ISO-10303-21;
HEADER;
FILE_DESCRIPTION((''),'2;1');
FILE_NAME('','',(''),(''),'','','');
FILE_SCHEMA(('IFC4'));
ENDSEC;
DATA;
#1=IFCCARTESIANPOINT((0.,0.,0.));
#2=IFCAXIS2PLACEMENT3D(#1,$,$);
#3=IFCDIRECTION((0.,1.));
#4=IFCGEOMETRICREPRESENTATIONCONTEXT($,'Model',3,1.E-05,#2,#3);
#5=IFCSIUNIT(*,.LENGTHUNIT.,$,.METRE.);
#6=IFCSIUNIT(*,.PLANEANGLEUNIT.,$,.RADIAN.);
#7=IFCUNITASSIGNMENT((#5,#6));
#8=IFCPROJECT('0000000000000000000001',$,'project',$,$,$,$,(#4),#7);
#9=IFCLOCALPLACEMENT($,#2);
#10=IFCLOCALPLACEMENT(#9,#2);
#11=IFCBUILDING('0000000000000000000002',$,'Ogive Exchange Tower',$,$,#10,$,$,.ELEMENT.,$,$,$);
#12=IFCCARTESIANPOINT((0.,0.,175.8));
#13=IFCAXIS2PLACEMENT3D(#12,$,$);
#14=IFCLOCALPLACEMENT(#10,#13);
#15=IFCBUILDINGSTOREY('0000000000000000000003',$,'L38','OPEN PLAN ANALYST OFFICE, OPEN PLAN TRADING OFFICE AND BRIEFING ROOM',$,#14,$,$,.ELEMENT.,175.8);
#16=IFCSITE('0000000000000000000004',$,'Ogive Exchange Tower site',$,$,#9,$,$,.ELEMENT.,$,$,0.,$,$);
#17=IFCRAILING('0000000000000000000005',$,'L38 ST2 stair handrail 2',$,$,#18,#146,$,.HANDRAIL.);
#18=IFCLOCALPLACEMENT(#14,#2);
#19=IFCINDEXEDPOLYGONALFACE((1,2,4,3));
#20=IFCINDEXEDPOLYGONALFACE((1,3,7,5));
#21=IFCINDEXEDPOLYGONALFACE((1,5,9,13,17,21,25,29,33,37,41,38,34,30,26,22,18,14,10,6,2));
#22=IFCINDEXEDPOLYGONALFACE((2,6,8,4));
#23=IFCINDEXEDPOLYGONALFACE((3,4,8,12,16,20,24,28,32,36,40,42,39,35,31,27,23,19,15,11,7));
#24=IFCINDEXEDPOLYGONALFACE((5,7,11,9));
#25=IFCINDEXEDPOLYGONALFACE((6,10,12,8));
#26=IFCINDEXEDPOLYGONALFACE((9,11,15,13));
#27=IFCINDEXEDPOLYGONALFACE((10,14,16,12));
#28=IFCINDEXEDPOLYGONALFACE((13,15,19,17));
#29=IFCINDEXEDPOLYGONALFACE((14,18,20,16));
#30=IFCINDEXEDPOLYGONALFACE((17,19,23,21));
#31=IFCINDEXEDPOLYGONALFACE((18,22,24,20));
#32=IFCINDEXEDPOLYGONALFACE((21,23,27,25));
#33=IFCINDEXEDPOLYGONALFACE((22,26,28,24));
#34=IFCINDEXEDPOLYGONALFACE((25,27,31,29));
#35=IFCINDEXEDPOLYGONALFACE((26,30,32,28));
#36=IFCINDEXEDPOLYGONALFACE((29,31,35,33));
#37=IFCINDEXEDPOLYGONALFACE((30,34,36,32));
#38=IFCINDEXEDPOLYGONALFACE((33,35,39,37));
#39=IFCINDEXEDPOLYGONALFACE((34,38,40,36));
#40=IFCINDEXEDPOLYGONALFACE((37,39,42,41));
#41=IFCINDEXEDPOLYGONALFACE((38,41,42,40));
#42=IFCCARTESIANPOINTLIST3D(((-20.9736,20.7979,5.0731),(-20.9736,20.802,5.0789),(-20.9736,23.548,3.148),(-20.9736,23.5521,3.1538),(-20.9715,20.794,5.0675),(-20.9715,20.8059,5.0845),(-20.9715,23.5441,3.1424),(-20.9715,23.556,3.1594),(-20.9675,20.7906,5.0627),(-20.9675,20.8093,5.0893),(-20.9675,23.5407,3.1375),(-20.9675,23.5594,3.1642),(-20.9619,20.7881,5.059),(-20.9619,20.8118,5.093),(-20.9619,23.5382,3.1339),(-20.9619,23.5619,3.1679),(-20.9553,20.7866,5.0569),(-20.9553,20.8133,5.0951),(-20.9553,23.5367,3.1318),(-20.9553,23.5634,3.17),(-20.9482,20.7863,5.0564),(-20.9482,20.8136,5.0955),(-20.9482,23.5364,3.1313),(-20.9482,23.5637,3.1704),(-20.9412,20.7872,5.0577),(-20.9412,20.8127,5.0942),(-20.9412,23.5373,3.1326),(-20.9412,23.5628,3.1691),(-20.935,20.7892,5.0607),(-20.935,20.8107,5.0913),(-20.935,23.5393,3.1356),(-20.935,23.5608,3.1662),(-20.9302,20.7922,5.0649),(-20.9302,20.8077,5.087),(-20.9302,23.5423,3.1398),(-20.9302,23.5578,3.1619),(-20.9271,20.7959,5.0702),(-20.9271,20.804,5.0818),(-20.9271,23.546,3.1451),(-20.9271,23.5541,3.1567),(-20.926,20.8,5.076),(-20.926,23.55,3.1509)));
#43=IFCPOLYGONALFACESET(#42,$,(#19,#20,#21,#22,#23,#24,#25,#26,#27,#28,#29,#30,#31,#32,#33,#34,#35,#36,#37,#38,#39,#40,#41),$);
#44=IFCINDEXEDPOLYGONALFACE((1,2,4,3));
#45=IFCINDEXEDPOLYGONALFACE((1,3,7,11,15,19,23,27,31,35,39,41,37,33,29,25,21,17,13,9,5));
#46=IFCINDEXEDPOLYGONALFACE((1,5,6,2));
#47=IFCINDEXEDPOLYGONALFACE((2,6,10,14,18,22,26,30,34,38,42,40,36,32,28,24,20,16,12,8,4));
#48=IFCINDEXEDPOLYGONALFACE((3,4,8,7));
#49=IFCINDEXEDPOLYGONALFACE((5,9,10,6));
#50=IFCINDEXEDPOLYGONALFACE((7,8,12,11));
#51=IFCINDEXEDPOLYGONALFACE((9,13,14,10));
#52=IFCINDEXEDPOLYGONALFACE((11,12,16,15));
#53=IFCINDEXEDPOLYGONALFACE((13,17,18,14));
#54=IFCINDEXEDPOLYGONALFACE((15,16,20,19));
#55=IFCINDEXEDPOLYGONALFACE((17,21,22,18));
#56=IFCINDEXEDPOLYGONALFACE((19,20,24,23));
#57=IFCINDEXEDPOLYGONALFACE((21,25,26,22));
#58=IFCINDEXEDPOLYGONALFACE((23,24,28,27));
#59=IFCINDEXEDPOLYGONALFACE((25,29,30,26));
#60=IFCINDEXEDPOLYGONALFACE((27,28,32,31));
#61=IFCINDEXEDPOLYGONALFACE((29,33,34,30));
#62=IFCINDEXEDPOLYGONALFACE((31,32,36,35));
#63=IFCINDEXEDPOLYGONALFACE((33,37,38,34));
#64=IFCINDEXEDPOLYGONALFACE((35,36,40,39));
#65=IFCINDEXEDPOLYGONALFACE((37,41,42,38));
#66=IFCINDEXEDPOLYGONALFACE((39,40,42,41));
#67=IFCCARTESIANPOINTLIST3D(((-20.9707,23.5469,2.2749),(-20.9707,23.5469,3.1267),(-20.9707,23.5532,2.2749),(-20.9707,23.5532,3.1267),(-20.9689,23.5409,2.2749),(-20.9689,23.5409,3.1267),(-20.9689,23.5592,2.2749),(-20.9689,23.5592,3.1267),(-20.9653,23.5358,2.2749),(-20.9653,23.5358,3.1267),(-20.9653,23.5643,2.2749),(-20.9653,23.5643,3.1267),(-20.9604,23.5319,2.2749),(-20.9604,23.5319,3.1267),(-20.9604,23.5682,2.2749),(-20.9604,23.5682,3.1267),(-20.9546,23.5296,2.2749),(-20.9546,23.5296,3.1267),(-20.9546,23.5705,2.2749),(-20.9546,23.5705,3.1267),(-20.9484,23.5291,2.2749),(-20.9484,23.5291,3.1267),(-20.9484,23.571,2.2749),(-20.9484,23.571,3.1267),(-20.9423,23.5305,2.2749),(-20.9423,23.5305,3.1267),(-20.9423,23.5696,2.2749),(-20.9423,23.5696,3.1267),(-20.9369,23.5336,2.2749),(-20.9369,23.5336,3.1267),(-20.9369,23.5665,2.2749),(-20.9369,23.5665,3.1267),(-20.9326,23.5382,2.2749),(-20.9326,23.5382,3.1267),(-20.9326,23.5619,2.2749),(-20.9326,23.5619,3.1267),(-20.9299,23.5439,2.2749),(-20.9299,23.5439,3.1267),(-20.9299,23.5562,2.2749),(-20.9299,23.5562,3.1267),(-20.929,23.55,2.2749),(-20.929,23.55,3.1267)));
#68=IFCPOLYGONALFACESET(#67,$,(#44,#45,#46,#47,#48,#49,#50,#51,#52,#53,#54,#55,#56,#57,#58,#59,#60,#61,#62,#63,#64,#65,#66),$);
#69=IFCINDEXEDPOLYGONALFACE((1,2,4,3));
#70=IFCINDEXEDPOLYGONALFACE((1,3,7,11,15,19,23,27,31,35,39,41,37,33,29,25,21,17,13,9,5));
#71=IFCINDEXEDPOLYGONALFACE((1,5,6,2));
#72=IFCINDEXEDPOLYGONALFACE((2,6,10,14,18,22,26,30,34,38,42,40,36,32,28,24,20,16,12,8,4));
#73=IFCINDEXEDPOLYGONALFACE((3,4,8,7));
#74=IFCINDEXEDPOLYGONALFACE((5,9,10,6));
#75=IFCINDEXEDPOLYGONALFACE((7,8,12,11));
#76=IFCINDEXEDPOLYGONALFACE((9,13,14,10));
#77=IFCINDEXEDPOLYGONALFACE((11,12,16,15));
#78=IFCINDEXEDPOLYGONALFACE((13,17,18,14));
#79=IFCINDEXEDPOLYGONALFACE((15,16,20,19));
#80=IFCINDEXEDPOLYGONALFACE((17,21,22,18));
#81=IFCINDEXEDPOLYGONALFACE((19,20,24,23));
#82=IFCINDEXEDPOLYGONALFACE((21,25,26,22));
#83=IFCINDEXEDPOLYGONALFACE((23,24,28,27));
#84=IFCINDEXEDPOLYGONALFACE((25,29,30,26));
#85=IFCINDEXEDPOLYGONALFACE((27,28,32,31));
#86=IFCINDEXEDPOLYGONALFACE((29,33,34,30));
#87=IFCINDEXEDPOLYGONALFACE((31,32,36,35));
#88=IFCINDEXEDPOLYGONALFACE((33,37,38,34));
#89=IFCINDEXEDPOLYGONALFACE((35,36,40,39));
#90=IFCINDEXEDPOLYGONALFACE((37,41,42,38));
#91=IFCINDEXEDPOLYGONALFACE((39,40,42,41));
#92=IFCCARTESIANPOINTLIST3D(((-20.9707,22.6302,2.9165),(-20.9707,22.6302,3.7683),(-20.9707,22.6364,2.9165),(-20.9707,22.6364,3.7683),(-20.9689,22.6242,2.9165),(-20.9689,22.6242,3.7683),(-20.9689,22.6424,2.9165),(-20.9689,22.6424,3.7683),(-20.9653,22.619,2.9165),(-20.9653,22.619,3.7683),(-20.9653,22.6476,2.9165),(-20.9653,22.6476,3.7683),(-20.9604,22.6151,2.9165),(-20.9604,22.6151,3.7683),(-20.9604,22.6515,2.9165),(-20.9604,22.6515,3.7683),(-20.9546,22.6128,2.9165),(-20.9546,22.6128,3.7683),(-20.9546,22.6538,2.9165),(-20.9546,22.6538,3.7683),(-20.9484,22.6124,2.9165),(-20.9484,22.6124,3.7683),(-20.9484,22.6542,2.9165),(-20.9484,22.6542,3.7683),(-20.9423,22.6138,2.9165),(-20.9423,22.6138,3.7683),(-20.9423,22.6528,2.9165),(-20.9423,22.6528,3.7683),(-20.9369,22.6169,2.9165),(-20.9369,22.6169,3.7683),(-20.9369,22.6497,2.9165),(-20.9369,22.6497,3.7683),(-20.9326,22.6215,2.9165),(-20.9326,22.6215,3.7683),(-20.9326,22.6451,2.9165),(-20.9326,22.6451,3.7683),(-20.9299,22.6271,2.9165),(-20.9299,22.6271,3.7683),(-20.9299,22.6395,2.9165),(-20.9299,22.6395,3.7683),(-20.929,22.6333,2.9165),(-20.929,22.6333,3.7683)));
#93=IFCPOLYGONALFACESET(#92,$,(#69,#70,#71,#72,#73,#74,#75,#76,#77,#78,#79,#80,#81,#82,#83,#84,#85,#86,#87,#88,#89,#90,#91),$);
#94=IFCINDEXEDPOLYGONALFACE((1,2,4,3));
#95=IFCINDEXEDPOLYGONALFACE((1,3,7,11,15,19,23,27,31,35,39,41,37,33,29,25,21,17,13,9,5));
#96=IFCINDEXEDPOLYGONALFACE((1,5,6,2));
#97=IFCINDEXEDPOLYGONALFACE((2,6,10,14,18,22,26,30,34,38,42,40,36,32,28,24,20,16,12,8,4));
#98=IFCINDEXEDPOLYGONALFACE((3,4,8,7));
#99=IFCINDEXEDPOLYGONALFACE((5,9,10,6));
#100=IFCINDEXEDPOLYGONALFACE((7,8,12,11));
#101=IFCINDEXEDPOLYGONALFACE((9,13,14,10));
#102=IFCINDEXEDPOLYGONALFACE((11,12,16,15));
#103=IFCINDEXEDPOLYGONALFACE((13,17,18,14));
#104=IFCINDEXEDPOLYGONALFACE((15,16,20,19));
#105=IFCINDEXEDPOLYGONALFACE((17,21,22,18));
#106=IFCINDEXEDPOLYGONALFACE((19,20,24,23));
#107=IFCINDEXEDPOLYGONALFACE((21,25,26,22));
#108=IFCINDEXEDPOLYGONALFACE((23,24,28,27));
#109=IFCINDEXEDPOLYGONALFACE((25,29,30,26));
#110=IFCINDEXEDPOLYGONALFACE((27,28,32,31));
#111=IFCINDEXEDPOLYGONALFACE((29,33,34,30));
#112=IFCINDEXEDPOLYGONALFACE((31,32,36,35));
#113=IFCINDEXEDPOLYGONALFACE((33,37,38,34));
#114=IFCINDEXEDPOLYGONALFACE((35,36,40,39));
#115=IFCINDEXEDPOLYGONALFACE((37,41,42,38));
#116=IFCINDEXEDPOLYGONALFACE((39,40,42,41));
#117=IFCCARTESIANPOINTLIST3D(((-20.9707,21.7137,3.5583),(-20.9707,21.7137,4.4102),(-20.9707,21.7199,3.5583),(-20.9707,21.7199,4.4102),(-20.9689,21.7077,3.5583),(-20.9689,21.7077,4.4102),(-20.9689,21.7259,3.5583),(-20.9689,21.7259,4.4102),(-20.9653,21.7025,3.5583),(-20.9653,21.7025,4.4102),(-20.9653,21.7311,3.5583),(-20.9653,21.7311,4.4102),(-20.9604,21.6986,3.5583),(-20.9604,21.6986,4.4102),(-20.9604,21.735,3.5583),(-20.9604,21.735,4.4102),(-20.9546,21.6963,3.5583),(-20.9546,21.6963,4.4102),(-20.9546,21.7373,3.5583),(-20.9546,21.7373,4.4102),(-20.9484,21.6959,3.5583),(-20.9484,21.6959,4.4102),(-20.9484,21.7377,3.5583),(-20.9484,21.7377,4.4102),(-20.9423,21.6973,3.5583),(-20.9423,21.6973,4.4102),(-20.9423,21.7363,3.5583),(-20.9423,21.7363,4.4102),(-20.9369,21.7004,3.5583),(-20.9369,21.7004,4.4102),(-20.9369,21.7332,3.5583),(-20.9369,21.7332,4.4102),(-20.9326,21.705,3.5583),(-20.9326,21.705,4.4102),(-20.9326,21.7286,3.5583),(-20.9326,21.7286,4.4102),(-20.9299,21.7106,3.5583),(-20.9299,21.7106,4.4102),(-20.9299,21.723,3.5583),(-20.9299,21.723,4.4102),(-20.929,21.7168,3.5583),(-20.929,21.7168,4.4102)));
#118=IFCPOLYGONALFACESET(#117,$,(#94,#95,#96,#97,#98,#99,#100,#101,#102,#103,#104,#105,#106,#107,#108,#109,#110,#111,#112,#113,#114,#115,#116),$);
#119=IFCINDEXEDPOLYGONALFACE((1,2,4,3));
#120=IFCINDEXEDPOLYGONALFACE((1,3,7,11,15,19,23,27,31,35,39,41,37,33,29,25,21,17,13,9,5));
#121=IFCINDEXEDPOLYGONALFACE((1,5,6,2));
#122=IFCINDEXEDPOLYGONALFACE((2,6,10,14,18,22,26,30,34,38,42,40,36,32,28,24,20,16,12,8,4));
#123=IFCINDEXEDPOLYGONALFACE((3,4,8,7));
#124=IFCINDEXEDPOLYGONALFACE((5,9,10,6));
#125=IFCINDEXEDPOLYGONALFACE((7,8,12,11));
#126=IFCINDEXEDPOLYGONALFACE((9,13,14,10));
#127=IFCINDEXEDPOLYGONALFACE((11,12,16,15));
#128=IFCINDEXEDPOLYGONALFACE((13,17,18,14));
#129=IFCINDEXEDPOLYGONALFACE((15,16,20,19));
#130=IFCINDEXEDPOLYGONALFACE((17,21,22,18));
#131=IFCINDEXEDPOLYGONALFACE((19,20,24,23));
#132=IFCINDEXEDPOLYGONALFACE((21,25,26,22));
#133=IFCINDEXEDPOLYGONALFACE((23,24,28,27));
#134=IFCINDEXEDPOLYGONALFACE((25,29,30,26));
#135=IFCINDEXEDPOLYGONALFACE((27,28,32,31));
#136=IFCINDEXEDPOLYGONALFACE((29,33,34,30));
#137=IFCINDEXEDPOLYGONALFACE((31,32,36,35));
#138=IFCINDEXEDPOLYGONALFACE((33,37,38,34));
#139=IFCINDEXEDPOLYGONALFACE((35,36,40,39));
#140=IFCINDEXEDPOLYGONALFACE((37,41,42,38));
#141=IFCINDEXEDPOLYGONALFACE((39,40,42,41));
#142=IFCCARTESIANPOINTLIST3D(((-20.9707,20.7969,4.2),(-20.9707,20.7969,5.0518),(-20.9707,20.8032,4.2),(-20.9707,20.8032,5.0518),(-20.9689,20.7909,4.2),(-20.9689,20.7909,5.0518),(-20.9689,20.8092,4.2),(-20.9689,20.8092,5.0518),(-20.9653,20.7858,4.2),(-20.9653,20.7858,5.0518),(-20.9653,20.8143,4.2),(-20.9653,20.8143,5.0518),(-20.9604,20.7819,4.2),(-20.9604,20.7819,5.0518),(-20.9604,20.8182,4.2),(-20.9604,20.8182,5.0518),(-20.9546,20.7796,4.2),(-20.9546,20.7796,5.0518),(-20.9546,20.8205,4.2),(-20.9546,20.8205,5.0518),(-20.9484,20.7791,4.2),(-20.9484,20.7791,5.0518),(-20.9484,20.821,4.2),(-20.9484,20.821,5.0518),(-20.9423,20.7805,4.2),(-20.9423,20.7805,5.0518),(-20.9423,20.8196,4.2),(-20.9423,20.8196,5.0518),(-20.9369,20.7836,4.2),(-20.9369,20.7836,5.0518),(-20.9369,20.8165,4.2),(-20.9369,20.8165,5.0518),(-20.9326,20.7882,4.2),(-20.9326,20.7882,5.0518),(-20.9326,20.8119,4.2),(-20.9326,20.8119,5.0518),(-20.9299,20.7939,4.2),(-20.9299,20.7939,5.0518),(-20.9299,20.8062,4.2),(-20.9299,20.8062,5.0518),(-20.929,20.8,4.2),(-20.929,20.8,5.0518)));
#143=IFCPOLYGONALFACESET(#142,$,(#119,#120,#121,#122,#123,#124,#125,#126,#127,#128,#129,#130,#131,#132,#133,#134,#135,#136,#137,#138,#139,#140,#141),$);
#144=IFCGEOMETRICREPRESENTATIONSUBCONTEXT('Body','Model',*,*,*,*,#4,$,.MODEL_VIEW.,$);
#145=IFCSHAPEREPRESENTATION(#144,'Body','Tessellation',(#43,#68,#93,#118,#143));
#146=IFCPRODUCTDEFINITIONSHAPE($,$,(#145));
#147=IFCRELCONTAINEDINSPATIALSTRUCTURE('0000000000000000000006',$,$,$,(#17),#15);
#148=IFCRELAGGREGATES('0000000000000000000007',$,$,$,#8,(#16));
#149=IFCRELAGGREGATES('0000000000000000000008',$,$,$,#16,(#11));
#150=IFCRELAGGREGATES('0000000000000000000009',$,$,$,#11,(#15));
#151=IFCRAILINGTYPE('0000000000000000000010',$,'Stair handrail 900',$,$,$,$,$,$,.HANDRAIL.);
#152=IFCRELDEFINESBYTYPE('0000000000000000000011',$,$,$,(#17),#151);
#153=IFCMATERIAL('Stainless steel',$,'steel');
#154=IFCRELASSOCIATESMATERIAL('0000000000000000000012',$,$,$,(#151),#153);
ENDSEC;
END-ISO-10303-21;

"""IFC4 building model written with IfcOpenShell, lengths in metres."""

from ifc_helpers import new_model, si_unit, direction, frame, origin, origin_2d, place, context, subcontext, project, spatial, circle, extrude, material, type_object, element, save


model = new_model("IFC4")

# Units and contexts
model_context = context("Model", 3, precision=1e-05, world=origin(), true_north=direction((0.0, 1.0)))
body_context = subcontext(model_context, "Body", "Model", "MODEL_VIEW")
ifc_project = project(units=[si_unit("LENGTHUNIT", "METRE"), si_unit("PLANEANGLEUNIT", "RADIAN")], contexts=[model_context])

# Site, building, storey
site_placement = place(None, origin())
site = spatial("IfcSite", under=ifc_project, at=site_placement, Name="Ogive Exchange Tower site", CompositionType="ELEMENT", RefElevation=0.0)
building_placement = place(site_placement, origin())
building = spatial("IfcBuilding", under=site, at=building_placement, Name="Ogive Exchange Tower", CompositionType="ELEMENT")
storey_placement = place(building_placement, frame((0.0, 0.0, 175.8)))
storey = spatial("IfcBuildingStorey", under=building, at=storey_placement, Name="L38", Description="OPEN PLAN ANALYST OFFICE, OPEN PLAN TRADING OFFICE AND BRIEFING ROOM", CompositionType="ELEMENT", Elevation=175.8)

# Railing
ifc_material_1 = material(Name="Stainless steel", Category="steel")
railing_type = type_object("IfcRailingType", Name="Stair handrail 900", PredefinedType="HANDRAIL", material=ifc_material_1)
railing_1_placement = place(storey_placement, frame((-20.95, 23.55, 2.2749)))
element("IfcRailing", 1, at=railing_1_placement, inside=storey, type_object=railing_type, Name="L38 ST2 stair handrail 2", PredefinedType="HANDRAIL", context=body_context, shape_type="SweptSolid", body=[
    extrude(circle(Radius=0.0239, at=origin_2d()), frame((0.0, 0.0, 0.876), z_axis=(0.0, -0.819225, 0.573472), x_axis=(1.0, 0.0, 0.0)), (0.0, 0.0, 1.0), 3.3569),
    extrude(circle(Radius=0.021, at=origin_2d()), origin(), (0.0, 0.0, 1.0), 0.8518),
    extrude(circle(Radius=0.021, at=origin_2d()), frame((0.0, -0.9167, 0.6416)), (0.0, 0.0, 1.0), 0.8518),
    extrude(circle(Radius=0.021, at=origin_2d()), frame((0.0, -1.8333, 1.2834)), (0.0, 0.0, 1.0), 0.8518),
    extrude(circle(Radius=0.021, at=origin_2d()), frame((0.0, -2.75, 1.925)), (0.0, 0.0, 1.0), 0.8518),
])

save(model, "model.ifc")
